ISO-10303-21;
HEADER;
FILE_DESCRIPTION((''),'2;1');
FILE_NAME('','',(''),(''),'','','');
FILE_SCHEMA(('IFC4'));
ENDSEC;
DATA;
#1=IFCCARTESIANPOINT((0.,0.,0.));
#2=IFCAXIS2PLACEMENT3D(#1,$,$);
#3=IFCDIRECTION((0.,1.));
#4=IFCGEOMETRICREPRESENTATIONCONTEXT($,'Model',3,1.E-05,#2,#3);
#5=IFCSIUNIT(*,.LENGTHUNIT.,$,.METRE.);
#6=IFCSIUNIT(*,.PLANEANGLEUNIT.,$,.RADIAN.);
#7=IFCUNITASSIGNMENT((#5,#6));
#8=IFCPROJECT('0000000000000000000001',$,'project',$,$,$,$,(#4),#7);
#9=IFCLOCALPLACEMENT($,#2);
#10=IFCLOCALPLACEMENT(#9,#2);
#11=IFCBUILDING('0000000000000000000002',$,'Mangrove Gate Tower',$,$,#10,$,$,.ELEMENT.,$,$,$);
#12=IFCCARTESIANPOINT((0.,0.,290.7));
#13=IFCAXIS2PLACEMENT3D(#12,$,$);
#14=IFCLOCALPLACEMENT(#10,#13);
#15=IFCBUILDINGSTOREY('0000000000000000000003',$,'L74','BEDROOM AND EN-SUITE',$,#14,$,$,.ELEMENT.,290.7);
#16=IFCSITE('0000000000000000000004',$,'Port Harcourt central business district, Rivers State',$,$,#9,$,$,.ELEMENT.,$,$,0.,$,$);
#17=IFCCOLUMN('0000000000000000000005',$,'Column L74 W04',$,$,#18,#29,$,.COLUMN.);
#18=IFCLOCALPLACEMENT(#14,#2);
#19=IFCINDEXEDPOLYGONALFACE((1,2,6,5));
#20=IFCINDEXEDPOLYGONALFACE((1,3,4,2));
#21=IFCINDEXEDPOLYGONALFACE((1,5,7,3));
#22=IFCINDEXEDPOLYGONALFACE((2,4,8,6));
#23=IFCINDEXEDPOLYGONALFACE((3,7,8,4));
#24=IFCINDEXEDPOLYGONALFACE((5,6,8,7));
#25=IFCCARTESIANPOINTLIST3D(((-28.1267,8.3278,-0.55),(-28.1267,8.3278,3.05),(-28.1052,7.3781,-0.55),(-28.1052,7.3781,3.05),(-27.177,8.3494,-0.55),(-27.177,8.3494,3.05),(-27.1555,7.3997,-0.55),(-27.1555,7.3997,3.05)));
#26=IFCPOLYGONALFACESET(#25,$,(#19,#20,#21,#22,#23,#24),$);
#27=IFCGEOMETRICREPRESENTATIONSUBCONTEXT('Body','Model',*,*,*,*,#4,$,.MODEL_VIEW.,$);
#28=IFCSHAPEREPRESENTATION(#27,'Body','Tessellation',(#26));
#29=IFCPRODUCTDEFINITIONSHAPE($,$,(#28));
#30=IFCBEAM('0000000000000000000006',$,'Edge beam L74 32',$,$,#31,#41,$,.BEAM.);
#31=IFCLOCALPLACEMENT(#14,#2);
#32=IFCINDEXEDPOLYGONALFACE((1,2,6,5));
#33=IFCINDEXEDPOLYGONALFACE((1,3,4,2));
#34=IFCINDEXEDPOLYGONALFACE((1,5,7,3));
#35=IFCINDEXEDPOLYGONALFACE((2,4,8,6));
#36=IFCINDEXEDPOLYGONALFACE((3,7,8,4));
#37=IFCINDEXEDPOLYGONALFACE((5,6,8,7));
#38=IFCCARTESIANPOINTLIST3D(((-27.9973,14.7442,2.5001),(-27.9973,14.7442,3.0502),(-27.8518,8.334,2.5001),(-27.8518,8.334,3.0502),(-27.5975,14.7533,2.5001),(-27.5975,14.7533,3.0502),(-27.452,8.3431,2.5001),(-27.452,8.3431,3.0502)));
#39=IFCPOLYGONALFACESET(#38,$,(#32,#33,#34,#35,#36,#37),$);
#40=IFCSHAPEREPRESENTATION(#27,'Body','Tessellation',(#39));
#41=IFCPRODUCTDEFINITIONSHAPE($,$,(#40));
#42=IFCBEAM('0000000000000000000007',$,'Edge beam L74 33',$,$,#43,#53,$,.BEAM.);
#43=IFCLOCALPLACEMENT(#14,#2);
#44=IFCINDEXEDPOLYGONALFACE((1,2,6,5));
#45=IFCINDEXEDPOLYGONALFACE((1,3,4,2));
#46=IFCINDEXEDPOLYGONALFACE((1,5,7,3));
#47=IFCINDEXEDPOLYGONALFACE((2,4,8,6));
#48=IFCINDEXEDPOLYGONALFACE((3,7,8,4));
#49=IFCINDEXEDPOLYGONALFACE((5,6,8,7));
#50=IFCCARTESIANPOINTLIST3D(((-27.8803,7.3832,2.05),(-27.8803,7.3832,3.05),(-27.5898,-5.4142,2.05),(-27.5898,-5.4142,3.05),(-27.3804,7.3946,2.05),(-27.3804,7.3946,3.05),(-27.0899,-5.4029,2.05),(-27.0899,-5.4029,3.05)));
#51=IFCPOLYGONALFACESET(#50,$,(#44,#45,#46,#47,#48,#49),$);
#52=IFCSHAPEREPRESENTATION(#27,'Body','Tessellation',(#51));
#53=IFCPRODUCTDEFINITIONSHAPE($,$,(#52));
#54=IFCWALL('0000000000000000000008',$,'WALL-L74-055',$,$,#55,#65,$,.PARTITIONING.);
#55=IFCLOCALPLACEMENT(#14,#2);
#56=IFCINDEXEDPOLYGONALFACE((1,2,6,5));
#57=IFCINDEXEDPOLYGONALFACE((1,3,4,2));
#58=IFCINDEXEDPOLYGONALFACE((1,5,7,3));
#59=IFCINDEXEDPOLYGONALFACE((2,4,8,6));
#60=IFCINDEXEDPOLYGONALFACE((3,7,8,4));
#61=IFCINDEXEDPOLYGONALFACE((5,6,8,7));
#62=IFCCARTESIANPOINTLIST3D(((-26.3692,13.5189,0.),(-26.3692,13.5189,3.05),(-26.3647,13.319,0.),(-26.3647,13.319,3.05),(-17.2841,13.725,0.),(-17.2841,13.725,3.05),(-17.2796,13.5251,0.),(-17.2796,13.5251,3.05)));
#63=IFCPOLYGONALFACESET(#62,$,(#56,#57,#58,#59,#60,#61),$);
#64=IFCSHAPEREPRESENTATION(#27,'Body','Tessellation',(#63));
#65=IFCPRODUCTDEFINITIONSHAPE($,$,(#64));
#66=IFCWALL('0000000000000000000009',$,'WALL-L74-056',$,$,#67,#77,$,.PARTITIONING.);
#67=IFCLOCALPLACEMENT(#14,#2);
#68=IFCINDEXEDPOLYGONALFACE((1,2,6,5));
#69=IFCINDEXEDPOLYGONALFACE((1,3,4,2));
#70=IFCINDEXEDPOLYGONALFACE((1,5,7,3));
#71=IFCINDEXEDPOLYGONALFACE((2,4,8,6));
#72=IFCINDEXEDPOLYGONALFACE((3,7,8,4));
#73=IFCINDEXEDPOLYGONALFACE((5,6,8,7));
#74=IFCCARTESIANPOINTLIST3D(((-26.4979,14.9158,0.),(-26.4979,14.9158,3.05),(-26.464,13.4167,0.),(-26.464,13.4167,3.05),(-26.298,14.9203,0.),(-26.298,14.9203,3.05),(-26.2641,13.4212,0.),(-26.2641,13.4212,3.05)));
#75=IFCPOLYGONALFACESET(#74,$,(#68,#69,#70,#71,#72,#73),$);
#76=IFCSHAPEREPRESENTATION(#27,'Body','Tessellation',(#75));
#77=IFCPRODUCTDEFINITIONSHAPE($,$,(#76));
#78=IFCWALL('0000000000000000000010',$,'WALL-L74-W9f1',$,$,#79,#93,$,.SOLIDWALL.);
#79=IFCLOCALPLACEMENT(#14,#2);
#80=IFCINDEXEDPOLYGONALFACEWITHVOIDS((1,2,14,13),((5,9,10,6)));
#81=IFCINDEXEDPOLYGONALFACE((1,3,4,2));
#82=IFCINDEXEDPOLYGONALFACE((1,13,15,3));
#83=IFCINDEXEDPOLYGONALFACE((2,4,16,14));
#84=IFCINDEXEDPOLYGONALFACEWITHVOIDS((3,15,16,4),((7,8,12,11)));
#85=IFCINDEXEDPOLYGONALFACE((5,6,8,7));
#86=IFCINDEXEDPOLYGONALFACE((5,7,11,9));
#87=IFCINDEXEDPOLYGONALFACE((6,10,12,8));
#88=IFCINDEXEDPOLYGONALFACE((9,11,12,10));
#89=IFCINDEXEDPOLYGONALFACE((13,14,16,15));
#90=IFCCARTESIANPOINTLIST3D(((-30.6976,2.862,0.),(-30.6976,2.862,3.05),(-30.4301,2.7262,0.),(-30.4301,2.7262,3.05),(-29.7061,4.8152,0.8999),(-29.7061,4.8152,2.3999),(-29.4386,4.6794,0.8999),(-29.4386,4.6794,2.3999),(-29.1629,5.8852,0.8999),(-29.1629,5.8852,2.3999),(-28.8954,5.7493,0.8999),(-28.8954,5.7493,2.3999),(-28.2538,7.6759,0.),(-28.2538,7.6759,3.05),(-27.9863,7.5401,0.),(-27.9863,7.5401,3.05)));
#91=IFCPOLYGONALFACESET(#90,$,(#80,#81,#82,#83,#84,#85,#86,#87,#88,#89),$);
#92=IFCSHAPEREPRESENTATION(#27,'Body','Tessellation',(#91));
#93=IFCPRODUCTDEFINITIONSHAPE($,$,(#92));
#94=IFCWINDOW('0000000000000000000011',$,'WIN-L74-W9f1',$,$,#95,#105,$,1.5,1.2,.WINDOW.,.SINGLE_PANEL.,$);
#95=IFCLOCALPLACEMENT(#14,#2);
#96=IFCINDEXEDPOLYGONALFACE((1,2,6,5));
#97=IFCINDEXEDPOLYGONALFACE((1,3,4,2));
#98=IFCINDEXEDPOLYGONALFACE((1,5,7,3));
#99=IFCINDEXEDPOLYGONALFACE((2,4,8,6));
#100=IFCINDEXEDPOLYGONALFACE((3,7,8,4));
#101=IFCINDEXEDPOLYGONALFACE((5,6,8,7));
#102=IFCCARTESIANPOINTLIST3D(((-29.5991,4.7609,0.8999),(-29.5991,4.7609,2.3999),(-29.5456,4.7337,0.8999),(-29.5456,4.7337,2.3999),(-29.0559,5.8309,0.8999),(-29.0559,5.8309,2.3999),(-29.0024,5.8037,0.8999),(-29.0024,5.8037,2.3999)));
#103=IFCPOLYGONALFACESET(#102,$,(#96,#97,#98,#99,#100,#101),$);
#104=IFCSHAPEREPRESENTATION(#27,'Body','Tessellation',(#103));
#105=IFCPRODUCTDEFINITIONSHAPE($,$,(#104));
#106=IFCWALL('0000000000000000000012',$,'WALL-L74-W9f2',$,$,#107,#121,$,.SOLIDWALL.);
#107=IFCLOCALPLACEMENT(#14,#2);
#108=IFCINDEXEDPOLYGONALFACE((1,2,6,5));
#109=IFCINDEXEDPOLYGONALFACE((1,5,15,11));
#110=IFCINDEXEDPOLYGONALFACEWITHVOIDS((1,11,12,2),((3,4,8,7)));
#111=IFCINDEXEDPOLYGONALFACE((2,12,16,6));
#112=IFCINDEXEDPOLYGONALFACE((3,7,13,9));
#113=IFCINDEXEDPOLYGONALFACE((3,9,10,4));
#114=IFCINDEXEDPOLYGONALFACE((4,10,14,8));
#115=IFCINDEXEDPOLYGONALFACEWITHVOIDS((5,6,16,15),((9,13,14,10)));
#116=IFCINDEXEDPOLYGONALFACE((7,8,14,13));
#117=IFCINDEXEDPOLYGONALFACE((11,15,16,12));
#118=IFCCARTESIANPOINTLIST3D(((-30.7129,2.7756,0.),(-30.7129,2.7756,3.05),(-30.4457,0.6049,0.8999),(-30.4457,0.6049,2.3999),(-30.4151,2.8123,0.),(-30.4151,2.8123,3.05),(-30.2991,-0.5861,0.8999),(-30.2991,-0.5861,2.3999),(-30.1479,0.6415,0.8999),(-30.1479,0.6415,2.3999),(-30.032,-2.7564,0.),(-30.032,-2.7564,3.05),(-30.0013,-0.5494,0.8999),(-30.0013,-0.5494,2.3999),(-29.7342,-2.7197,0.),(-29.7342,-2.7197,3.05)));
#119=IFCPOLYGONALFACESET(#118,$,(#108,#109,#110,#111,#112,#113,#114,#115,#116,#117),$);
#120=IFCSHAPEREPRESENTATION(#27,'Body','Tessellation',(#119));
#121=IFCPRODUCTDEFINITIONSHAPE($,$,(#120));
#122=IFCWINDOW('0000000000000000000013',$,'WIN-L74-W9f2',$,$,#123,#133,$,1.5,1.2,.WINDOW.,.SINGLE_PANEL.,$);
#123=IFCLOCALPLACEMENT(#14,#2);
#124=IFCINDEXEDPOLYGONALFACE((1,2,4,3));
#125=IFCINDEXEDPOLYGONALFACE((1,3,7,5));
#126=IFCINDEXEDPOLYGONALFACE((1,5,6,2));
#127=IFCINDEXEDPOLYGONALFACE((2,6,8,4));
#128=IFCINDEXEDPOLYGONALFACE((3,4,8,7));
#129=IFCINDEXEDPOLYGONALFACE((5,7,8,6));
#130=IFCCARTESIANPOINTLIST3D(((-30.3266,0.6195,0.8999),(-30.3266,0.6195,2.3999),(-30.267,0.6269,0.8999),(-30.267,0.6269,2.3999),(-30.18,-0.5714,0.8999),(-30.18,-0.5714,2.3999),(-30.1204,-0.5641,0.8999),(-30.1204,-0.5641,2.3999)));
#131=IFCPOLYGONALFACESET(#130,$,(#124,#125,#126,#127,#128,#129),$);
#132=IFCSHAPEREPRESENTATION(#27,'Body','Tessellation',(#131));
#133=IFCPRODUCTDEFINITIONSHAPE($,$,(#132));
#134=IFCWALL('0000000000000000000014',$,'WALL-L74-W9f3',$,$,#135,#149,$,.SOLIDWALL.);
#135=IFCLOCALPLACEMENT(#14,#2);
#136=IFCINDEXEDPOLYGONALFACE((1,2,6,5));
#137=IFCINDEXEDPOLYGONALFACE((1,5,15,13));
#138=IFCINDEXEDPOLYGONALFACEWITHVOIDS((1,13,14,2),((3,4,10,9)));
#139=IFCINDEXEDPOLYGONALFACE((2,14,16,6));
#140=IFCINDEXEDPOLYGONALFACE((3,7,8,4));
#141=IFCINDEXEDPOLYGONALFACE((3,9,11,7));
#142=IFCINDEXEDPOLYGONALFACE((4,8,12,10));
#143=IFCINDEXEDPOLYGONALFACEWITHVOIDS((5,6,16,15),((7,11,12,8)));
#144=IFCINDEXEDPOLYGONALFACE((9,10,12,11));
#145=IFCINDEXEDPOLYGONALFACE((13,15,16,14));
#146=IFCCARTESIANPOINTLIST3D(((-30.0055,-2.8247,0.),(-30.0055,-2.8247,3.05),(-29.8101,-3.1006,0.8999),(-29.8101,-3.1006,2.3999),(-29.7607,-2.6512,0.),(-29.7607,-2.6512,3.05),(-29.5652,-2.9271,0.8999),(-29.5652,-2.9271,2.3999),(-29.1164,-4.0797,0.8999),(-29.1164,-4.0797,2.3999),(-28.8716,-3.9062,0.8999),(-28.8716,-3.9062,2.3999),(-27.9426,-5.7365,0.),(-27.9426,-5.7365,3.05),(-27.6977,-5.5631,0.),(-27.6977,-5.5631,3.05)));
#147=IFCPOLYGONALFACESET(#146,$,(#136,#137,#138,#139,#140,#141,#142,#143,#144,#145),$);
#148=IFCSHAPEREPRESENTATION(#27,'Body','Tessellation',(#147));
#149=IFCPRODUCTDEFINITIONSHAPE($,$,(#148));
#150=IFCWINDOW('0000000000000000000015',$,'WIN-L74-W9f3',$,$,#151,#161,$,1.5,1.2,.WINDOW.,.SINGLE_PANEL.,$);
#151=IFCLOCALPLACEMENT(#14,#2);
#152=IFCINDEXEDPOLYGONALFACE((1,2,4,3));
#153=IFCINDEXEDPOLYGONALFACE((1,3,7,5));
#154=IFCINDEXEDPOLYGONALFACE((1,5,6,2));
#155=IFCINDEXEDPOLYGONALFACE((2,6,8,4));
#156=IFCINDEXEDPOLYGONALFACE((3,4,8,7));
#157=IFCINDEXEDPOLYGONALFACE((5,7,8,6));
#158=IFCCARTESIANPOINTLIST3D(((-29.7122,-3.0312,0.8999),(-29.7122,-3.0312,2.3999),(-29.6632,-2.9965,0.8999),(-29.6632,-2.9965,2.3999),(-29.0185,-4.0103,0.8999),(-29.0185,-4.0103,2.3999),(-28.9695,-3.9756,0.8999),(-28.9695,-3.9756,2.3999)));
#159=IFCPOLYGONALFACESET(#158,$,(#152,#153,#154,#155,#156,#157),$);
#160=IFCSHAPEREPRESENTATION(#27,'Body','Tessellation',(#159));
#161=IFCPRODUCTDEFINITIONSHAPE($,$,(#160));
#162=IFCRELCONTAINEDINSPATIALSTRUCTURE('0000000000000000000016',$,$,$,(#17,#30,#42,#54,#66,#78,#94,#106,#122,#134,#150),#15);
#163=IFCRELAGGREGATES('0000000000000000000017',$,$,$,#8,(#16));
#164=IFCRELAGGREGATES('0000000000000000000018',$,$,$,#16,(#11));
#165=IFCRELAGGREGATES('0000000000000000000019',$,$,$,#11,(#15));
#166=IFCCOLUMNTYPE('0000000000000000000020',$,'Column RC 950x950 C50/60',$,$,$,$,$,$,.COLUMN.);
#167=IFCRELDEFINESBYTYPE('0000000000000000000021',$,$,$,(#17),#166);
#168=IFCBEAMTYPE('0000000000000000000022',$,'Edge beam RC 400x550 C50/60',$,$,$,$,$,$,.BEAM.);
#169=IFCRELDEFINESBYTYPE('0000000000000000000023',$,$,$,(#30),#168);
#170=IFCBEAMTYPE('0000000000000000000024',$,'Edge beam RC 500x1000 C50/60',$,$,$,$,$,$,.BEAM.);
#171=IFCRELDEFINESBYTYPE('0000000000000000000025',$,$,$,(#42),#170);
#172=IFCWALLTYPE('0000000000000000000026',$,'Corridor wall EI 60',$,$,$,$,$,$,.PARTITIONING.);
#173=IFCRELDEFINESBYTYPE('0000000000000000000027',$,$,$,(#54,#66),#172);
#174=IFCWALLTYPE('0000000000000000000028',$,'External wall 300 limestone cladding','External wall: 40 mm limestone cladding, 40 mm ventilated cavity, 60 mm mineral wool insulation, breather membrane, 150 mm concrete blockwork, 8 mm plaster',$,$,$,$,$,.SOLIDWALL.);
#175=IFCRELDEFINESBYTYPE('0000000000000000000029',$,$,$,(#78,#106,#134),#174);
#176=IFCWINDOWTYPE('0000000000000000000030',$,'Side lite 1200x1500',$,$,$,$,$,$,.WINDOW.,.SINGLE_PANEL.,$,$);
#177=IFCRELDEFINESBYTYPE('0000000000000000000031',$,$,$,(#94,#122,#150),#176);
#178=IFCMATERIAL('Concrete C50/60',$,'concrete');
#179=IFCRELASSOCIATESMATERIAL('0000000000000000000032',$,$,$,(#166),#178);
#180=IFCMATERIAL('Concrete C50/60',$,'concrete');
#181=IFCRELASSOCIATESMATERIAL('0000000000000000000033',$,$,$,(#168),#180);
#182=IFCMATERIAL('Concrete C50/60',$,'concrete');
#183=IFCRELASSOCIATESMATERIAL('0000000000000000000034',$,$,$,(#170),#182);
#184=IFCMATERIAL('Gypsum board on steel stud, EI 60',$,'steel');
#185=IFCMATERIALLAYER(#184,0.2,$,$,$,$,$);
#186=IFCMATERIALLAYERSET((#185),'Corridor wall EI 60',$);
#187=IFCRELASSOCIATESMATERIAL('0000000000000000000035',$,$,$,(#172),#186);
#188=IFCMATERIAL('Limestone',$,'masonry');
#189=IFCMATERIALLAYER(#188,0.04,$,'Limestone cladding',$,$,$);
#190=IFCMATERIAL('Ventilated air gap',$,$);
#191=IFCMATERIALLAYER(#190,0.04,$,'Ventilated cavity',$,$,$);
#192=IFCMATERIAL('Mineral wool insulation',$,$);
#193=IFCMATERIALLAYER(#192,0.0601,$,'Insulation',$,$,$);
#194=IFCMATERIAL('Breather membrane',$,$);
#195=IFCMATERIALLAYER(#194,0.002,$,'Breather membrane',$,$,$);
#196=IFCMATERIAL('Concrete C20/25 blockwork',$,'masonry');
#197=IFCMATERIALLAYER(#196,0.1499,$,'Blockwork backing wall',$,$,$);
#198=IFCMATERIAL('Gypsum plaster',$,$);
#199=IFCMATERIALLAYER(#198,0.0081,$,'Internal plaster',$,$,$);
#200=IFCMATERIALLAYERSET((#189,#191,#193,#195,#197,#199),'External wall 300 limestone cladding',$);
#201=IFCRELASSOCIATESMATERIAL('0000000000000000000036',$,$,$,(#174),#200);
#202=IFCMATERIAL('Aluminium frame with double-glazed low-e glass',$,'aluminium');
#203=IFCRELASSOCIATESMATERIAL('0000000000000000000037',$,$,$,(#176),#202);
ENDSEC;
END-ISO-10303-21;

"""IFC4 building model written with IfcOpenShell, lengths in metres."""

from ifc_helpers import new_model, si_unit, direction, frame, frame_2d, origin, origin_2d, place, context, subcontext, project, spatial, rectangle, extrude, material, layer, layer_set, material_profile, profile_set, type_object, element, fill, save


model = new_model("IFC4")

# Units and contexts
model_context = context("Model", 3, precision=1e-05, world=origin(), true_north=direction((0.0, 1.0)))
body_context = subcontext(model_context, "Body", "Model", "MODEL_VIEW")
ifc_project = project(units=[si_unit("LENGTHUNIT", "METRE"), si_unit("PLANEANGLEUNIT", "RADIAN")], contexts=[model_context])

# Site, building, storey
site_placement = place(None, origin())
site = spatial("IfcSite", under=ifc_project, at=site_placement, Name="Port Harcourt central business district, Rivers State", CompositionType="ELEMENT", RefElevation=0.0)
building_placement = place(site_placement, origin())
building = spatial("IfcBuilding", under=site, at=building_placement, Name="Mangrove Gate Tower", CompositionType="ELEMENT")
storey_placement = place(building_placement, frame((0.0, 0.0, 290.7)))
storey = spatial("IfcBuildingStorey", under=building, at=storey_placement, Name="L74", Description="BEDROOM AND EN-SUITE", CompositionType="ELEMENT", Elevation=290.7)

# Column
ifc_material_1 = material(Name="Concrete C50/60", Category="concrete")
ifc_material_profile_1 = material_profile(ifc_material_1, rectangle(XDim=0.95, YDim=0.95, at=origin_2d()))
ifc_profile_set_1 = profile_set([ifc_material_profile_1], Name="Concrete C50/60")
column_type = type_object("IfcColumnType", Name="Column RC 950x950 C50/60", PredefinedType="COLUMN", material=ifc_profile_set_1)
column_placement = place(storey_placement, frame((-27.6411, 7.8638, -0.55), z_axis=(0.0, 0.0, 1.0), x_axis=(0.022688, -0.999743, 0.0)))
element("IfcColumn", 1, at=column_placement, inside=storey, type_object=column_type, Name="Column L74 W04", PredefinedType="COLUMN", context=body_context, shape_type="SweptSolid", body=[
    extrude(rectangle(XDim=0.95, YDim=0.95, at=origin_2d()), origin(), (0.0, 0.0, 1.0), 3.6001),
])

# Beams
ifc_material_2 = material(Name="Concrete C50/60", Category="concrete")
ifc_material_profile_2 = material_profile(ifc_material_2, rectangle(XDim=0.3999, YDim=0.55, at=origin_2d()))
ifc_profile_set_2 = profile_set([ifc_material_profile_2], Name="Concrete C50/60")
beam_type_1 = type_object("IfcBeamType", Name="Edge beam RC 400x550 C50/60", PredefinedType="BEAM", material=ifc_profile_set_2)
beam_1_placement = place(storey_placement, frame((-27.7974, 14.7488, 2.7751), z_axis=(0.022694, -0.999742, 0.0), x_axis=(0.999742, 0.022694, 0.0)))
element("IfcBeam", 2, at=beam_1_placement, inside=storey, type_object=beam_type_1, Name="Edge beam L74 32", PredefinedType="BEAM", context=body_context, shape_type="SweptSolid", body=[
    extrude(rectangle(XDim=0.3999, YDim=0.55, at=origin_2d()), origin(), (0.0, 0.0, 1.0), 6.4119),
])
ifc_material_3 = material(Name="Concrete C50/60", Category="concrete")
ifc_material_profile_3 = material_profile(ifc_material_3, rectangle(XDim=0.5, YDim=1.0, at=origin_2d()))
ifc_profile_set_3 = profile_set([ifc_material_profile_3], Name="Concrete C50/60")
beam_type_2 = type_object("IfcBeamType", Name="Edge beam RC 500x1000 C50/60", PredefinedType="BEAM", material=ifc_profile_set_3)
beam_2_placement = place(storey_placement, frame((-27.6304, 7.3889, 2.55), z_axis=(0.022696, -0.999742, 0.0), x_axis=(0.999742, 0.022696, 0.0)))
element("IfcBeam", 3, at=beam_2_placement, inside=storey, type_object=beam_type_2, Name="Edge beam L74 33", PredefinedType="BEAM", context=body_context, shape_type="SweptSolid", body=[
    extrude(rectangle(XDim=0.5, YDim=1.0, at=origin_2d()), origin(), (0.0, 0.0, 1.0), 12.8008),
])

# Walls
ifc_material_4 = material(Name="Gypsum board on steel stud, EI 60", Category="steel")
ifc_layer_1 = layer(ifc_material_4, 0.2)
ifc_layer_set_1 = layer_set([ifc_layer_1], Name="Corridor wall EI 60")
wall_type_1 = type_object("IfcWallType", Name="Corridor wall EI 60", PredefinedType="PARTITIONING", material=ifc_layer_set_1)
wall_1_placement = place(storey_placement, frame((-26.3669, 13.4189, 0.0), z_axis=(0.0, 0.0, 1.0), x_axis=(0.999743, 0.022675, 0.0)))
element("IfcWall", 4, at=wall_1_placement, inside=storey, type_object=wall_type_1, Name="WALL-L74-055", PredefinedType="PARTITIONING", context=body_context, shape_type="SweptSolid", body=[
    extrude(rectangle(XDim=9.0874, YDim=0.2, at=frame_2d((4.5437, 0.0))), origin(), (0.0, 0.0, 1.0), 3.05),
])
wall_2_placement = place(storey_placement, frame((-26.364, 13.4189, 0.0), z_axis=(0.0, 0.0, 1.0), x_axis=(-0.022633, 0.999744, 0.0)))
element("IfcWall", 5, at=wall_2_placement, inside=storey, type_object=wall_type_1, Name="WALL-L74-056", PredefinedType="PARTITIONING", context=body_context, shape_type="SweptSolid", body=[
    extrude(rectangle(XDim=1.4995, YDim=0.2, at=frame_2d((0.7498, 0.0))), origin(), (0.0, 0.0, 1.0), 3.05),
])

# Walls, openings, windows
ifc_material_5 = material(Name="Limestone", Category="masonry")
ifc_layer_2 = layer(ifc_material_5, 0.04, Name="Limestone cladding")
ifc_material_6 = material(Name="Ventilated air gap")
ifc_layer_3 = layer(ifc_material_6, 0.04, Name="Ventilated cavity")
ifc_material_7 = material(Name="Mineral wool insulation")
ifc_layer_4 = layer(ifc_material_7, 0.0601, Name="Insulation")
ifc_material_8 = material(Name="Breather membrane")
ifc_layer_5 = layer(ifc_material_8, 0.002, Name="Breather membrane")
ifc_material_9 = material(Name="Concrete C20/25 blockwork", Category="masonry")
ifc_layer_6 = layer(ifc_material_9, 0.1499, Name="Blockwork backing wall")
ifc_material_10 = material(Name="Gypsum plaster")
ifc_layer_7 = layer(ifc_material_10, 0.0081, Name="Internal plaster")
ifc_layer_set_2 = layer_set([ifc_layer_2, ifc_layer_3, ifc_layer_4, ifc_layer_5, ifc_layer_6, ifc_layer_7], Name="External wall 300 limestone cladding")
wall_type_2 = type_object("IfcWallType", Name="External wall 300 limestone cladding", Description="External wall: 40 mm limestone cladding, 40 mm ventilated cavity, 60 mm mineral wool insulation, breather membrane, 150 mm concrete blockwork, 8 mm plaster", PredefinedType="SOLIDWALL", material=ifc_layer_set_2)
wall_3_placement = place(storey_placement, frame((-28.1201, 7.6079, 0.0), z_axis=(0.0, 0.0, 1.0), x_axis=(-0.452668, -0.891679, 0.0)))
wall_3 = element("IfcWall", 6, at=wall_3_placement, inside=storey, type_object=wall_type_2, Name="WALL-L74-W9f1", PredefinedType="SOLIDWALL", context=body_context, shape_type="SweptSolid", body=[
    extrude(rectangle(XDim=5.3987, YDim=0.3, at=frame_2d((2.6992, 0.0))), origin(), (0.0, 0.0, 1.0), 3.05),
])
opening_1_placement = place(wall_3_placement, frame((2.0081, 0.0, 0.8999)))
opening_1 = element("IfcOpeningElement", 7, at=opening_1_placement, cuts=wall_3, PredefinedType="OPENING", context=body_context, shape_type="SweptSolid", body=[
    extrude(rectangle(XDim=1.2, YDim=1.5, at=frame_2d((0.6001, 0.75))), frame((0.0, 0.1599, 0.0), z_axis=(0.0, -1.0, 0.0), x_axis=(1.0, 0.0, 0.0)), (0.0, 0.0, 1.0), 0.3201),
])
ifc_material_11 = material(Name="Aluminium frame with double-glazed low-e glass", Category="aluminium")
window_type = type_object("IfcWindowType", Name="Side lite 1200x1500", PartitioningType="SINGLE_PANEL", PredefinedType="WINDOW", material=ifc_material_11)
window_1_placement = place(opening_1_placement, origin())
window_1 = element("IfcWindow", 8, at=window_1_placement, inside=storey, type_object=window_type, Name="WIN-L74-W9f1", OverallHeight=1.5, OverallWidth=1.2, PartitioningType="SINGLE_PANEL", PredefinedType="WINDOW", context=body_context, shape_type="SweptSolid", body=[
    extrude(rectangle(XDim=1.2, YDim=1.5, at=frame_2d((0.6001, 0.75))), frame((0.0, 0.03, 0.0), z_axis=(0.0, -1.0, 0.0), x_axis=(1.0, 0.0, 0.0)), (0.0, 0.0, 1.0), 0.0601),
])
fill(opening_1, window_1)
wall_4_placement = place(storey_placement, frame((-30.564, 2.7939, 0.0), z_axis=(0.0, 0.0, 1.0), x_axis=(0.122164, -0.99251, 0.0)))
wall_4 = element("IfcWall", 9, at=wall_4_placement, inside=storey, type_object=wall_type_2, Name="WALL-L74-W9f2", PredefinedType="SOLIDWALL", context=body_context, shape_type="SweptSolid", body=[
    extrude(rectangle(XDim=5.5737, YDim=0.3, at=frame_2d((2.7869, 0.0))), origin(), (0.0, 0.0, 1.0), 3.05),
])
opening_2_placement = place(wall_4_placement, frame((2.187, 0.0, 0.8999)))
opening_2 = element("IfcOpeningElement", 10, at=opening_2_placement, cuts=wall_4, PredefinedType="OPENING", context=body_context, shape_type="SweptSolid", body=[
    extrude(rectangle(XDim=1.2, YDim=1.5, at=frame_2d((0.6001, 0.75))), frame((0.0, 0.1599, 0.0), z_axis=(0.0, -1.0, 0.0), x_axis=(1.0, 0.0, 0.0)), (0.0, 0.0, 1.0), 0.3201),
])
window_2_placement = place(opening_2_placement, origin())
window_2 = element("IfcWindow", 11, at=window_2_placement, inside=storey, type_object=window_type, Name="WIN-L74-W9f2", OverallHeight=1.5, OverallWidth=1.2, PartitioningType="SINGLE_PANEL", PredefinedType="WINDOW", context=body_context, shape_type="SweptSolid", body=[
    extrude(rectangle(XDim=1.2, YDim=1.5, at=frame_2d((0.6001, 0.75))), frame((0.0, 0.03, 0.0), z_axis=(0.0, -1.0, 0.0), x_axis=(1.0, 0.0, 0.0)), (0.0, 0.0, 1.0), 0.0601),
])
fill(opening_2, window_2)
wall_5_placement = place(storey_placement, frame((-29.8831, -2.738, 0.0), z_axis=(0.0, 0.0, 1.0), x_axis=(0.578095, -0.815969, 0.0)))
wall_5 = element("IfcWall", 12, at=wall_5_placement, inside=storey, type_object=wall_type_2, Name="WALL-L74-W9f3", PredefinedType="SOLIDWALL", context=body_context, shape_type="SweptSolid", body=[
    extrude(rectangle(XDim=3.5686, YDim=0.3, at=frame_2d((1.7842, 0.0))), origin(), (0.0, 0.0, 1.0), 3.05),
])
opening_3_placement = place(wall_5_placement, frame((0.3379, 0.0, 0.8999)))
opening_3 = element("IfcOpeningElement", 13, at=opening_3_placement, cuts=wall_5, PredefinedType="OPENING", context=body_context, shape_type="SweptSolid", body=[
    extrude(rectangle(XDim=1.2, YDim=1.5, at=frame_2d((0.6001, 0.75))), frame((0.0, 0.1599, 0.0), z_axis=(0.0, -1.0, 0.0), x_axis=(1.0, 0.0, 0.0)), (0.0, 0.0, 1.0), 0.3201),
])
window_3_placement = place(opening_3_placement, origin())
window_3 = element("IfcWindow", 14, at=window_3_placement, inside=storey, type_object=window_type, Name="WIN-L74-W9f3", OverallHeight=1.5, OverallWidth=1.2, PartitioningType="SINGLE_PANEL", PredefinedType="WINDOW", context=body_context, shape_type="SweptSolid", body=[
    extrude(rectangle(XDim=1.2, YDim=1.5, at=frame_2d((0.6001, 0.75))), frame((0.0, 0.03, 0.0), z_axis=(0.0, -1.0, 0.0), x_axis=(1.0, 0.0, 0.0)), (0.0, 0.0, 1.0), 0.0601),
])
fill(opening_3, window_3)

save(model, "model.ifc")
